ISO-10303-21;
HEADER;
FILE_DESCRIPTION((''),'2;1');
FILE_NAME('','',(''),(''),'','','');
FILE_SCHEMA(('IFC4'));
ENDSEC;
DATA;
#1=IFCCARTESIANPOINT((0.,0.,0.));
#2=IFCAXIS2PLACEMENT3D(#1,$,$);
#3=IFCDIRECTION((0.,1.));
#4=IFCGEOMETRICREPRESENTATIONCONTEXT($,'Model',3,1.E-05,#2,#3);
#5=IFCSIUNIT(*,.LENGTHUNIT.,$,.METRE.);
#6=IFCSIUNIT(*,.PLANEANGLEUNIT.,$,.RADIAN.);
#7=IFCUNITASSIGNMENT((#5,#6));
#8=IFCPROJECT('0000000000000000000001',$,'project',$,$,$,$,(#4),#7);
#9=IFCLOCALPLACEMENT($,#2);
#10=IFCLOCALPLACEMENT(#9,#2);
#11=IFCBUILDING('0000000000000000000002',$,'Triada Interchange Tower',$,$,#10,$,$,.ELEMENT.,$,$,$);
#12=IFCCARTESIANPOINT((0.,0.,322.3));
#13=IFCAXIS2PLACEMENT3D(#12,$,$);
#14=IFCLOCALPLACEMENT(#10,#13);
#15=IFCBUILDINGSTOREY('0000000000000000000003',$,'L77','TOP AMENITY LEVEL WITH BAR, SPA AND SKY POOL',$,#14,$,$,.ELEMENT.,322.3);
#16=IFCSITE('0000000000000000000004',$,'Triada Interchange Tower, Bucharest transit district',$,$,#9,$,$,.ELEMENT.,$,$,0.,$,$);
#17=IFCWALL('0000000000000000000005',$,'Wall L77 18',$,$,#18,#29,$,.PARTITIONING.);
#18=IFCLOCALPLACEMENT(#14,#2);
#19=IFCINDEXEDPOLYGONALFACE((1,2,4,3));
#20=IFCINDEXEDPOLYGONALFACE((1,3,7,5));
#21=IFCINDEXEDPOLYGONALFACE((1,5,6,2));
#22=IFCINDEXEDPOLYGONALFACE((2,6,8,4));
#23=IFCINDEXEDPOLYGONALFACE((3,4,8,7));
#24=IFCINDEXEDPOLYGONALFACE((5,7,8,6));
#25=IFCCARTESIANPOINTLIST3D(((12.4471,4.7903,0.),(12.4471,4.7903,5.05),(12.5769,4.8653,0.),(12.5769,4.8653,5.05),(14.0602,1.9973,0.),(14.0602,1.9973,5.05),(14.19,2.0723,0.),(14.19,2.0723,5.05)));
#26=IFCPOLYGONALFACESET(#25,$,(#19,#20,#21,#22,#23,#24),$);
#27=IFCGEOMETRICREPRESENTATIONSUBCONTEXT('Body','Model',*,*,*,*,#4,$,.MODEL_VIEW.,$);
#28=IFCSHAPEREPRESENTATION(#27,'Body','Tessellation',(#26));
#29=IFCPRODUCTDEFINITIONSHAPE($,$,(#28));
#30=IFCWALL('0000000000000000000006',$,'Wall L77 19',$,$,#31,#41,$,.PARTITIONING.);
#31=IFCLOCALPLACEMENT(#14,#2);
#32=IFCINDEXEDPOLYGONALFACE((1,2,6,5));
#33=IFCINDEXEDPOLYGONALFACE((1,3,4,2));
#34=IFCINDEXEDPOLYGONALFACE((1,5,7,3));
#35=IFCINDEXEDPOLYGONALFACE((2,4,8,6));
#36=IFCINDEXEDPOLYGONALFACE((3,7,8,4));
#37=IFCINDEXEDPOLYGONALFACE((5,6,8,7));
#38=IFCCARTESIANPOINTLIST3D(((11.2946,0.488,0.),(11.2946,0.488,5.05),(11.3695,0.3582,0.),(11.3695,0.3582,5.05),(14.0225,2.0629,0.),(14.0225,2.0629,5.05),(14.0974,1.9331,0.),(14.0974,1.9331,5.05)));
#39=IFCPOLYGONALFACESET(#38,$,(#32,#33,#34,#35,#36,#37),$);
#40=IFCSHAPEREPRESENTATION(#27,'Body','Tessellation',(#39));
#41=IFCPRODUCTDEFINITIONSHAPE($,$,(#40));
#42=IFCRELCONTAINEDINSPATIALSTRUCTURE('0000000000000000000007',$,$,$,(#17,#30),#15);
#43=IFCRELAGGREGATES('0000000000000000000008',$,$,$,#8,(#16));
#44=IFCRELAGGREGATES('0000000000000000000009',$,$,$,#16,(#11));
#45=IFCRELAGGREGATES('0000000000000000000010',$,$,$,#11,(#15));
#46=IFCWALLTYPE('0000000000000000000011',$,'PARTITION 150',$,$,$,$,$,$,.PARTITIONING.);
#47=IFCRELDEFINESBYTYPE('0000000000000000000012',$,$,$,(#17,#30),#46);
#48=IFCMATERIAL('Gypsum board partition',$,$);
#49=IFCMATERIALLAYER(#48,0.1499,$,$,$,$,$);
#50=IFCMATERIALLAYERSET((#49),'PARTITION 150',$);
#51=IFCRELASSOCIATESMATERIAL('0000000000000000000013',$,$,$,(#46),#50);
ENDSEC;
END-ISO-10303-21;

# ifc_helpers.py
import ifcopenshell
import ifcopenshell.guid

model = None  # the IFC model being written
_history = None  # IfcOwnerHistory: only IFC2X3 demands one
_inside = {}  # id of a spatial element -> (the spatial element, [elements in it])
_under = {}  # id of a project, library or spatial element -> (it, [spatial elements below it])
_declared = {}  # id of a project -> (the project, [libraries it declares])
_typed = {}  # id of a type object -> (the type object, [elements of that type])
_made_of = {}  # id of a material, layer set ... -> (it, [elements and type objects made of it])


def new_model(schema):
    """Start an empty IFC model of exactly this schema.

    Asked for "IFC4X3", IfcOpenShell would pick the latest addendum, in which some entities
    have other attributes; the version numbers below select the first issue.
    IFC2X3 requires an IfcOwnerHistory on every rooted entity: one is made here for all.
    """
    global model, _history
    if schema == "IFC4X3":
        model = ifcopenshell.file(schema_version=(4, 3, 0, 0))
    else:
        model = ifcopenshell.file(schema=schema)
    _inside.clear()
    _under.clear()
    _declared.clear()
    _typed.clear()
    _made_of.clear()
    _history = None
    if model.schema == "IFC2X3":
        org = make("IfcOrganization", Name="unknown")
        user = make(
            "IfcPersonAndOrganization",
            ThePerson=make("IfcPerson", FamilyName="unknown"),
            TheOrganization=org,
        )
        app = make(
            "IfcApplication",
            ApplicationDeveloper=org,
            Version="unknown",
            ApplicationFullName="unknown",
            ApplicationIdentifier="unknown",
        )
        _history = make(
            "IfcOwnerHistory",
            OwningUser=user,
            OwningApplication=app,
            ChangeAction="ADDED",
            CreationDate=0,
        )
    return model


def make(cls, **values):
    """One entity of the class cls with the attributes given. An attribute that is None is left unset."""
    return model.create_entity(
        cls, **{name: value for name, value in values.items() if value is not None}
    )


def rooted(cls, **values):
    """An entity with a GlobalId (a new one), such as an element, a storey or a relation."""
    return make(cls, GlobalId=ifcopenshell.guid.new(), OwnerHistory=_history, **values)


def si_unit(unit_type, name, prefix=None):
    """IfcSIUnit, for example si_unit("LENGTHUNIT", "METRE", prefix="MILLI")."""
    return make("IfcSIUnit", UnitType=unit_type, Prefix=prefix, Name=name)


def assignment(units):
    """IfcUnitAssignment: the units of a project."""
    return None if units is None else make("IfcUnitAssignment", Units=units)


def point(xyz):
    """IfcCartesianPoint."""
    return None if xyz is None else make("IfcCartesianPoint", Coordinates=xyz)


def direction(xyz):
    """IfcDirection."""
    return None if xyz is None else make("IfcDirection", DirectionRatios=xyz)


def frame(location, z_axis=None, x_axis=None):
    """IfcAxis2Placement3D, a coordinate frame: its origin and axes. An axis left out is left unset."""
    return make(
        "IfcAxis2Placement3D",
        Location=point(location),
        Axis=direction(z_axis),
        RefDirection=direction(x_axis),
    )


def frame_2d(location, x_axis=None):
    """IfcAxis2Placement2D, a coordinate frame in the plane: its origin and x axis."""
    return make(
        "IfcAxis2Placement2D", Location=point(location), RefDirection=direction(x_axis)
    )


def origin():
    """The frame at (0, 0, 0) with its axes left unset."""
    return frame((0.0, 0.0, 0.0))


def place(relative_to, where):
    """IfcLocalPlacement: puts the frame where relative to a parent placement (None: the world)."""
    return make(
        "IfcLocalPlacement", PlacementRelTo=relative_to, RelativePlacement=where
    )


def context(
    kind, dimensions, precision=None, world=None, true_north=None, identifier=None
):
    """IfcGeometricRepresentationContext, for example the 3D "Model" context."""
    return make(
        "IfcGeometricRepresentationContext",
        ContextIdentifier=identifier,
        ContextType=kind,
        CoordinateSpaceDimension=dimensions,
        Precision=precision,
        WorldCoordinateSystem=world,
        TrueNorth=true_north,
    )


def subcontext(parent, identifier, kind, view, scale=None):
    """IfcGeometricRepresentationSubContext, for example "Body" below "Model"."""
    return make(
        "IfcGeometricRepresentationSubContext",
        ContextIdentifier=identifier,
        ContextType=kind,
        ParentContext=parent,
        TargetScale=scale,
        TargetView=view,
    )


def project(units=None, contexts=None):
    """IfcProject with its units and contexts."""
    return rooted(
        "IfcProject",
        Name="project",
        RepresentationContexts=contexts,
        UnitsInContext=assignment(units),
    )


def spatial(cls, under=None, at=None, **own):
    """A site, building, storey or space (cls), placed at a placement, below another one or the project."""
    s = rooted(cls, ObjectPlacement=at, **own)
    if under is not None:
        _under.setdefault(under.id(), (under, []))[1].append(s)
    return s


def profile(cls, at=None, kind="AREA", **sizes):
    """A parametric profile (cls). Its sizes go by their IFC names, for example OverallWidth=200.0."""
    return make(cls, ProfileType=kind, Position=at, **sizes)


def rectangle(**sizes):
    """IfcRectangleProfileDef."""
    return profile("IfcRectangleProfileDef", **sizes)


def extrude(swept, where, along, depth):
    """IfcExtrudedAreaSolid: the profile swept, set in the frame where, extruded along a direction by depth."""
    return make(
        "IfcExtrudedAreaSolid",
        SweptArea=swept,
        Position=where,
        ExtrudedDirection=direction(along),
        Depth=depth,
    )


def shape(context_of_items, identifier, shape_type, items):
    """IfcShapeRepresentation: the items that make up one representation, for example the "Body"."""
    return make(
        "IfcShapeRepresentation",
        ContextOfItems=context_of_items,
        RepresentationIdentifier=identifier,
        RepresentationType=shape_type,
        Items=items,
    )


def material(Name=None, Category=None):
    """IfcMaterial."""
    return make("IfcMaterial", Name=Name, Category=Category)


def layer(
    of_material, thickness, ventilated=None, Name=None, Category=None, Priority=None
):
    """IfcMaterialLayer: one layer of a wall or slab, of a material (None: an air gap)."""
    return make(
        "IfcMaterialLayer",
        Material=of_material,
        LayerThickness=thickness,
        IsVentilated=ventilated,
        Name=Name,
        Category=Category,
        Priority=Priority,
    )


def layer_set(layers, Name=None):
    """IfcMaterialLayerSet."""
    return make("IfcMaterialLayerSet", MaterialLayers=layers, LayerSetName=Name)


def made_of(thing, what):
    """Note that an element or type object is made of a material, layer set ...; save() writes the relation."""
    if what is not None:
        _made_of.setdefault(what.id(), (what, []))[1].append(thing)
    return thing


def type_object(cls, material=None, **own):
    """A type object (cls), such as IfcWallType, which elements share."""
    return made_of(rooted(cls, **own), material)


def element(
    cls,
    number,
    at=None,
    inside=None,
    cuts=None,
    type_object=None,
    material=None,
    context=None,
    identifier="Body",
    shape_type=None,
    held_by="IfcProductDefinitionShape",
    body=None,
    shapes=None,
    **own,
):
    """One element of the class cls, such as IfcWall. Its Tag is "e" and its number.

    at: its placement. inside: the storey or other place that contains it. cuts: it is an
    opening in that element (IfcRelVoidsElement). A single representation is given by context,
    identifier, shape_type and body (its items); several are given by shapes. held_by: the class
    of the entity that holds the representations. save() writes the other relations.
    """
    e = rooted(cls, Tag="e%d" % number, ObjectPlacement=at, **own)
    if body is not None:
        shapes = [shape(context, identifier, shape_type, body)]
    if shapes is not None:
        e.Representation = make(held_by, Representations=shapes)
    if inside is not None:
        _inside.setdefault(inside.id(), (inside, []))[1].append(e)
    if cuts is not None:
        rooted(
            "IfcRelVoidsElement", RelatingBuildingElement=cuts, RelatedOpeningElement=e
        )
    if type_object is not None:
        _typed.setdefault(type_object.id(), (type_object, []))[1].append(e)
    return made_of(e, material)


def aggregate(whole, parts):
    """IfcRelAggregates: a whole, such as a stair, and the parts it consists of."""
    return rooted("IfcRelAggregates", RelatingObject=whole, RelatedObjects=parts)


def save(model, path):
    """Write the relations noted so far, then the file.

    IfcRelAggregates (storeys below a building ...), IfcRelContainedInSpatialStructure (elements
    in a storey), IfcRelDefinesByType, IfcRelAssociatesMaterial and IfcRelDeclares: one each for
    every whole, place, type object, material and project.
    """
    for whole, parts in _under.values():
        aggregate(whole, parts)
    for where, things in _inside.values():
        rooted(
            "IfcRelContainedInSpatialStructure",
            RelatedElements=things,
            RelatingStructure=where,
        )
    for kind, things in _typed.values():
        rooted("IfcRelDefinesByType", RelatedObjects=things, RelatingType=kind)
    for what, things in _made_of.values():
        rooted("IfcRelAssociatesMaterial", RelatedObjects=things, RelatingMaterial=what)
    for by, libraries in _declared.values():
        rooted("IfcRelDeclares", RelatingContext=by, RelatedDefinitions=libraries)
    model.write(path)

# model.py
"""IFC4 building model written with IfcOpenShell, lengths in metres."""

from ifc_helpers import new_model, si_unit, direction, frame, frame_2d, origin, place, context, subcontext, project, spatial, rectangle, extrude, material, layer, layer_set, type_object, element, save


model = new_model("IFC4")

# Units and contexts
model_context = context("Model", 3, precision=1e-05, world=origin(), true_north=direction((0.0, 1.0)))
body_context = subcontext(model_context, "Body", "Model", "MODEL_VIEW")
ifc_project = project(units=[si_unit("LENGTHUNIT", "METRE"), si_unit("PLANEANGLEUNIT", "RADIAN")], contexts=[model_context])

# Site, building, storey
site_placement = place(None, origin())
site = spatial("IfcSite", under=ifc_project, at=site_placement, Name="Triada Interchange Tower, Bucharest transit district", CompositionType="ELEMENT", RefElevation=0.0)
building_placement = place(site_placement, origin())
building = spatial("IfcBuilding", under=site, at=building_placement, Name="Triada Interchange Tower", CompositionType="ELEMENT")
storey_placement = place(building_placement, frame((0.0, 0.0, 322.3)))
storey = spatial("IfcBuildingStorey", under=building, at=storey_placement, Name="L77", Description="TOP AMENITY LEVEL WITH BAR, SPA AND SKY POOL", CompositionType="ELEMENT", Elevation=322.3)

# Walls
ifc_material_1 = material(Name="Gypsum board partition")
ifc_layer_1 = layer(ifc_material_1, 0.1499)
ifc_layer_set_1 = layer_set([ifc_layer_1], Name="PARTITION 150")
wall_type_1 = type_object("IfcWallType", Name="PARTITION 150", PredefinedType="PARTITIONING", material=ifc_layer_set_1)
wall_1_placement = place(storey_placement, frame((12.512, 4.8279, 0.0), z_axis=(0.0, 0.0, 1.0), x_axis=(0.50012, -0.865956, 0.0)))
element("IfcWall", 1, at=wall_1_placement, inside=storey, type_object=wall_type_1, Name="Wall L77 18", PredefinedType="PARTITIONING", context=body_context, shape_type="SweptSolid", body=[
    extrude(rectangle(XDim=3.2253, YDim=0.1499, at=frame_2d((1.6128, 0.0))), origin(), (0.0, 0.0, 1.0), 5.05),
])
wall_2_placement = place(storey_placement, frame((11.332, 0.4231, 0.0), z_axis=(0.0, 0.0, 1.0), x_axis=(0.866036, 0.499982, 0.0)))
element("IfcWall", 2, at=wall_2_placement, inside=storey, type_object=wall_type_1, Name="Wall L77 19", PredefinedType="PARTITIONING", context=body_context, shape_type="SweptSolid", body=[
    extrude(rectangle(XDim=3.1499, YDim=0.1499, at=frame_2d((1.575, 0.0))), origin(), (0.0, 0.0, 1.0), 5.05),
])

save(model, "model.ifc")
